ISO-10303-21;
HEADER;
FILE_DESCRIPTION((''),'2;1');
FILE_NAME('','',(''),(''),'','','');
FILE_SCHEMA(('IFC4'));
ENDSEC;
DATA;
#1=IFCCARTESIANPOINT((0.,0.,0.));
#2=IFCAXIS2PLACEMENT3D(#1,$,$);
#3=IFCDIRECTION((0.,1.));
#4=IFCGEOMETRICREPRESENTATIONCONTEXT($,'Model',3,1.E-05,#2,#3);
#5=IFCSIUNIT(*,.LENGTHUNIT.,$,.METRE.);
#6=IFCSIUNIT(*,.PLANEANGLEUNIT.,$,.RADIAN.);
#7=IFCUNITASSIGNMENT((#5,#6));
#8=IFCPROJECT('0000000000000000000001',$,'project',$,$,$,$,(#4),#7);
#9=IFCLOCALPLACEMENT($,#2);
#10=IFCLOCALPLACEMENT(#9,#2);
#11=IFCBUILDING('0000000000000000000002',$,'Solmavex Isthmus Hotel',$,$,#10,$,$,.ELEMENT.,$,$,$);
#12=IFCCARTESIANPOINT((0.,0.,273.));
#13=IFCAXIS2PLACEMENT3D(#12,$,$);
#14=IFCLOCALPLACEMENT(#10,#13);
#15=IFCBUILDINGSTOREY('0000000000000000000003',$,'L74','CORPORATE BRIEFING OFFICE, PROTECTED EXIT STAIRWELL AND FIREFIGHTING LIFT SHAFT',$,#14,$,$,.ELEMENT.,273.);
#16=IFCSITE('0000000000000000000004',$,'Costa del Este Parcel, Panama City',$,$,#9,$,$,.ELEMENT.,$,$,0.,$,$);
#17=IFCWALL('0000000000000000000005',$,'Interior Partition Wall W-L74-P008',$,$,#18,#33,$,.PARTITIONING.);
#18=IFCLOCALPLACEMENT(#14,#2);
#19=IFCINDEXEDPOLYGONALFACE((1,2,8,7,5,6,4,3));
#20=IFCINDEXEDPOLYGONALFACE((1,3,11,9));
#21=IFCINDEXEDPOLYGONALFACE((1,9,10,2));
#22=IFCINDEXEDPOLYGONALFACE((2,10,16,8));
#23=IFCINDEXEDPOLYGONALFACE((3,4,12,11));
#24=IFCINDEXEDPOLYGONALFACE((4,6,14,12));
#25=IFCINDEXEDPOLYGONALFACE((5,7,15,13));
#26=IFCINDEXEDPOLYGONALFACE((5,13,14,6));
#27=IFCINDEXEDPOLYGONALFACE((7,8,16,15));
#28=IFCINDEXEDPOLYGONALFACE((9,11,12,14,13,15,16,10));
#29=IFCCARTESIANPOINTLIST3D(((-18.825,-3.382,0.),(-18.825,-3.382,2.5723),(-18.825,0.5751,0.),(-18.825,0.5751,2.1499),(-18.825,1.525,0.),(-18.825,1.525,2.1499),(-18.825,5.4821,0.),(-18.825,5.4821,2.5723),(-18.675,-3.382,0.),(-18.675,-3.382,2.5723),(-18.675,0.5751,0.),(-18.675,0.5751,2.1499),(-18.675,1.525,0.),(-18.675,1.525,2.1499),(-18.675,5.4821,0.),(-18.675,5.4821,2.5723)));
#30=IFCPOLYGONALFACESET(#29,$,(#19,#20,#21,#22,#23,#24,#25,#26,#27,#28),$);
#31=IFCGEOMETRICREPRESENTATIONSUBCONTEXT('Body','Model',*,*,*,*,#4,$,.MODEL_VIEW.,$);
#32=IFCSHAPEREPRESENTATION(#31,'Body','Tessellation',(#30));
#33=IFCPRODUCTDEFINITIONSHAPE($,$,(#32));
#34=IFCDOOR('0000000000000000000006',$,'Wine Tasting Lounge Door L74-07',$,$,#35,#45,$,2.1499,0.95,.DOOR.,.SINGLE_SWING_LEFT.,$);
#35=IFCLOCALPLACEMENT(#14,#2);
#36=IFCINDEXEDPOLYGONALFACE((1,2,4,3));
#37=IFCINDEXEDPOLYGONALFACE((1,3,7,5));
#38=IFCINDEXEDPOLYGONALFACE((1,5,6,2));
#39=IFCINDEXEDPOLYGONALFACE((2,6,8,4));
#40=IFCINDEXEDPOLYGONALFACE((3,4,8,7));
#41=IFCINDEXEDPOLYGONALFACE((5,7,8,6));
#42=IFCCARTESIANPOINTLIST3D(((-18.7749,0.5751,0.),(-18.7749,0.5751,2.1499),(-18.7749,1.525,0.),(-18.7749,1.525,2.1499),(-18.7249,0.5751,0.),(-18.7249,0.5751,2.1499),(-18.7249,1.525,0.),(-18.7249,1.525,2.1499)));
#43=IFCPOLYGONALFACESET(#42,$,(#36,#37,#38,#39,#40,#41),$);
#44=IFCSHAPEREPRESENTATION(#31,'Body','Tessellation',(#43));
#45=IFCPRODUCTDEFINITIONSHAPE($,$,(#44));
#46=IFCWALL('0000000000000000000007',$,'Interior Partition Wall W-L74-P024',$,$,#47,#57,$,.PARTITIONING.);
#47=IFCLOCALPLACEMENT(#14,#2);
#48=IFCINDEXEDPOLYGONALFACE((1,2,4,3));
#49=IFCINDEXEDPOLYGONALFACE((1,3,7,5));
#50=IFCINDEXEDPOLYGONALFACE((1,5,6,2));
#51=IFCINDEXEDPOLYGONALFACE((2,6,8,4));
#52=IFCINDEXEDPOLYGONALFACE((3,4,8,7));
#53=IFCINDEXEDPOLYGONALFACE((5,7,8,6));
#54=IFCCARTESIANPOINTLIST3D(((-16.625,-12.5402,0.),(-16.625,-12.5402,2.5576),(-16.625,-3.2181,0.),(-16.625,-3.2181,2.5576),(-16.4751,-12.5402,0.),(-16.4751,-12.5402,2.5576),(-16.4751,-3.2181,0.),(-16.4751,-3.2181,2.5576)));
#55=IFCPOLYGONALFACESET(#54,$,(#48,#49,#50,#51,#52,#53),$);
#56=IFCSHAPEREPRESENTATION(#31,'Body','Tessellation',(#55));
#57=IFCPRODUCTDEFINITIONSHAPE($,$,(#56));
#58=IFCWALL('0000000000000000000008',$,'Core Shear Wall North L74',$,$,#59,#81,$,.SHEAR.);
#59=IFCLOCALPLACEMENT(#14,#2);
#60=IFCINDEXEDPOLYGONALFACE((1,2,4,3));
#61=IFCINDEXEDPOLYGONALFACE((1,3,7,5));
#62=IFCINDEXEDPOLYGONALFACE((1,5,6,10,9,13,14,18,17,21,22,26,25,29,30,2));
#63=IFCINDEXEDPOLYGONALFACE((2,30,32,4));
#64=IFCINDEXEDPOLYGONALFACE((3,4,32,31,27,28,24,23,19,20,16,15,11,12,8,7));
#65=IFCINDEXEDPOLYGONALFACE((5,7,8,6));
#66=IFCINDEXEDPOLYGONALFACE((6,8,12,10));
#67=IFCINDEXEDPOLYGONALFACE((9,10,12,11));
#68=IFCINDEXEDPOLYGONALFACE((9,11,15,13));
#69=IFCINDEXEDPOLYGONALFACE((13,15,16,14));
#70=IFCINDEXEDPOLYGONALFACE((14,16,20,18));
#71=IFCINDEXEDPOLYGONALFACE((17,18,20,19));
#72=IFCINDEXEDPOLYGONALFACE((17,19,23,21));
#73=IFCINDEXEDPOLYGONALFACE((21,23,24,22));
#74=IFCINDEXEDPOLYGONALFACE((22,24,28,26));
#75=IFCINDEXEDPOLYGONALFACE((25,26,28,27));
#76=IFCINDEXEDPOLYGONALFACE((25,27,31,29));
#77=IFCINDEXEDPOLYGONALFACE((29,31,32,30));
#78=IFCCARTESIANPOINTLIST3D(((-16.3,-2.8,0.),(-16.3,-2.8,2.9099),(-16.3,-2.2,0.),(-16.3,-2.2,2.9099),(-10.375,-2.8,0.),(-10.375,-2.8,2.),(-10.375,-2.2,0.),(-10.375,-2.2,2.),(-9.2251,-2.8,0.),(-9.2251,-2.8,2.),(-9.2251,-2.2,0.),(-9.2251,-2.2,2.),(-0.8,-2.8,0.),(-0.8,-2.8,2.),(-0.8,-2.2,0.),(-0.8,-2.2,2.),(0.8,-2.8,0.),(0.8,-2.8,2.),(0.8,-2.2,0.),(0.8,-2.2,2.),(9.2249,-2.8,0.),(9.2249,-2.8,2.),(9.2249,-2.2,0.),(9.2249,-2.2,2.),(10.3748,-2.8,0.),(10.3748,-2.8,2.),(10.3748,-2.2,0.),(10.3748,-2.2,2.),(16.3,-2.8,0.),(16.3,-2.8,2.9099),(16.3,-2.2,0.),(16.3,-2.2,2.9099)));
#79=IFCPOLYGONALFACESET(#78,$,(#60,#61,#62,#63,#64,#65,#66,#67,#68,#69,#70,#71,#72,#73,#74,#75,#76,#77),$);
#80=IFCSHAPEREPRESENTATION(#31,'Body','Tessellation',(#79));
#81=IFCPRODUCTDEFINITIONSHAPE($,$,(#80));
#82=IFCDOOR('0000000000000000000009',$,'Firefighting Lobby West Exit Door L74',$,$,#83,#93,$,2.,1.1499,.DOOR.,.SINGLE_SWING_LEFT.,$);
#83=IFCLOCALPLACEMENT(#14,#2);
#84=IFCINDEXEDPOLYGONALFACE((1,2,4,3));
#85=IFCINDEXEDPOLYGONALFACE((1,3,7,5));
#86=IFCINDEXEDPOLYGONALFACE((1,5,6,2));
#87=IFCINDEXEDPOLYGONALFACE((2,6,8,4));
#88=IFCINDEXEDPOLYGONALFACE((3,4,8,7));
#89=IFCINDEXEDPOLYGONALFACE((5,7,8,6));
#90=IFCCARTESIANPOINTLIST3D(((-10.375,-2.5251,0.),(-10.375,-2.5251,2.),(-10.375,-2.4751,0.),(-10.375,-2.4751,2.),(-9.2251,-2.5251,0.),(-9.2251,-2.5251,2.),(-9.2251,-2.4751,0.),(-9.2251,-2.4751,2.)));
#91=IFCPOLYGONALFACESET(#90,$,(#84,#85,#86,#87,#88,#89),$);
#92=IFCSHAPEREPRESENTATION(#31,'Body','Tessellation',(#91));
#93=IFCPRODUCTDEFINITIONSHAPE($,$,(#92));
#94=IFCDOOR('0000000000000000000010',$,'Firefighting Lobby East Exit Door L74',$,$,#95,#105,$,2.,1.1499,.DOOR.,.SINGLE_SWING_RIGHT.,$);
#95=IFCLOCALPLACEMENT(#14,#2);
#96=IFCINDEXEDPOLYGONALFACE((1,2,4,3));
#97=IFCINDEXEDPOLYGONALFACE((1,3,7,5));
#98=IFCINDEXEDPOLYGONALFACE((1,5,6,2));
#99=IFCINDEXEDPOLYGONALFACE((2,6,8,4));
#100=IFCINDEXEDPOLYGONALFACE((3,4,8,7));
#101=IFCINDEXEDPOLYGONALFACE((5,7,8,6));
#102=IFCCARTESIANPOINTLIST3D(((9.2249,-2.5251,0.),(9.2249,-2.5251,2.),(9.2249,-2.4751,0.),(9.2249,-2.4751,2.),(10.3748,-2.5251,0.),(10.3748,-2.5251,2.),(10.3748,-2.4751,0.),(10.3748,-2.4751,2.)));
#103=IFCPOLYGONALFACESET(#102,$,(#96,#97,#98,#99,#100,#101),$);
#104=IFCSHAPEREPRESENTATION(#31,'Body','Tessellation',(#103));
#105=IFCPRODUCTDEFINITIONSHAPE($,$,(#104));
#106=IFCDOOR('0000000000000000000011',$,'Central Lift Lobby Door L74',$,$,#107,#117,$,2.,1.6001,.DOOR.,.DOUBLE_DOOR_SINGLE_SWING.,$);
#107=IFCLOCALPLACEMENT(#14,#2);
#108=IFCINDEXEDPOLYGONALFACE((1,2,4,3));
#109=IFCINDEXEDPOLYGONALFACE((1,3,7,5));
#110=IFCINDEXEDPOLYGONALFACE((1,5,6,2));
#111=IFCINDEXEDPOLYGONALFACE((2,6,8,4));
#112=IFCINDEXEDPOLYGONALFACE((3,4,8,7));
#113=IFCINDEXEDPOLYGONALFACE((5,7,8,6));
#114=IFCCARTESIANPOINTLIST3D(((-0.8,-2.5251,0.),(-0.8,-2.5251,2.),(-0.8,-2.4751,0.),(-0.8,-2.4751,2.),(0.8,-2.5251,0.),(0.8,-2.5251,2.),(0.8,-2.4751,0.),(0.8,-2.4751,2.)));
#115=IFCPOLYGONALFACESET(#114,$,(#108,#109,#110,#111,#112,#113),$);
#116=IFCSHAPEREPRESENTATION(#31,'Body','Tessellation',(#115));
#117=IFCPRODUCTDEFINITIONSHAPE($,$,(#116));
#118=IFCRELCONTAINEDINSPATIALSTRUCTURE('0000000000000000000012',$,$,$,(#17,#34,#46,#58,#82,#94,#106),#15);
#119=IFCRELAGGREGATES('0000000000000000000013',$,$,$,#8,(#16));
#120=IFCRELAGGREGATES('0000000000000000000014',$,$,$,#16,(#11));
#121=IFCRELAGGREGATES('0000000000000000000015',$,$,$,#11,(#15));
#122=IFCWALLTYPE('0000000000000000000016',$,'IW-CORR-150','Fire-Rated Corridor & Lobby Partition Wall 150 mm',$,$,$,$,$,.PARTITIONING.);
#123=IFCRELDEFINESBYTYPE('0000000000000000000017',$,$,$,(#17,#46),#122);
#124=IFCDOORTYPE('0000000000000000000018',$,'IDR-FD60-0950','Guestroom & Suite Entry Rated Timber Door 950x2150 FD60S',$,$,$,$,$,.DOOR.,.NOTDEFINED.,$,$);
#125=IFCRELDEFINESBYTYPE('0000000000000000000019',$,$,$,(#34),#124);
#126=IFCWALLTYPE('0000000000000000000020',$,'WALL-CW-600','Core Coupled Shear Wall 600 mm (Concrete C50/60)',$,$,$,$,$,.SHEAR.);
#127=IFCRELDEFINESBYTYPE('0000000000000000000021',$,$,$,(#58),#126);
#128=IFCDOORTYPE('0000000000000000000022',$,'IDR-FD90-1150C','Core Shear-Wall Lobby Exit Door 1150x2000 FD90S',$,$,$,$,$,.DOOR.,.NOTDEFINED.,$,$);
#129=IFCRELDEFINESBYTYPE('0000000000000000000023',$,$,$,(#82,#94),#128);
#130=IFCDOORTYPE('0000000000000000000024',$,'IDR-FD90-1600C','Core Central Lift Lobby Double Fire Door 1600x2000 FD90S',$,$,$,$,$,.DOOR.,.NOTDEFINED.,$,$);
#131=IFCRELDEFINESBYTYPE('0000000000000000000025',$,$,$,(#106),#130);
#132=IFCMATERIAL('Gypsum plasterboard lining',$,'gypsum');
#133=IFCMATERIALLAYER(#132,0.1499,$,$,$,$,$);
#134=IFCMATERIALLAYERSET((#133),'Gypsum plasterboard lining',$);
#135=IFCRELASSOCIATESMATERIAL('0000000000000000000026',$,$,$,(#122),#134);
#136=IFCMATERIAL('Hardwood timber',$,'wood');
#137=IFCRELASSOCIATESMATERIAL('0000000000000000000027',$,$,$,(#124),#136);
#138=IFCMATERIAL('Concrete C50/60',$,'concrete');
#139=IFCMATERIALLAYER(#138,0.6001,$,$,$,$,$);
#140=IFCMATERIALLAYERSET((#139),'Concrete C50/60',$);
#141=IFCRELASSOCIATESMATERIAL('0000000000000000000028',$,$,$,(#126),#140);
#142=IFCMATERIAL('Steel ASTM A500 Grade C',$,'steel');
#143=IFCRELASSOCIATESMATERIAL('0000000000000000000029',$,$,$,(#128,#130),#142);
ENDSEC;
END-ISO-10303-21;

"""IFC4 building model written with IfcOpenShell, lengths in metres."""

from ifc_helpers import new_model, si_unit, direction, frame, frame_2d, origin, place, context, subcontext, project, spatial, rectangle, extrude, material, layer, layer_set, type_object, element, fill, save


model = new_model("IFC4")

# Units and contexts
model_context = context("Model", 3, precision=1e-05, world=origin(), true_north=direction((0.0, 1.0)))
body_context = subcontext(model_context, "Body", "Model", "MODEL_VIEW")
ifc_project = project(units=[si_unit("LENGTHUNIT", "METRE"), si_unit("PLANEANGLEUNIT", "RADIAN")], contexts=[model_context])

# Site, building, storey
site_placement = place(None, origin())
site = spatial("IfcSite", under=ifc_project, at=site_placement, Name="Costa del Este Parcel, Panama City", CompositionType="ELEMENT", RefElevation=0.0)
building_placement = place(site_placement, origin())
building = spatial("IfcBuilding", under=site, at=building_placement, Name="Solmavex Isthmus Hotel", CompositionType="ELEMENT")
storey_placement = place(building_placement, frame((0.0, 0.0, 273.0)))
storey = spatial("IfcBuildingStorey", under=building, at=storey_placement, Name="L74", Description="CORPORATE BRIEFING OFFICE, PROTECTED EXIT STAIRWELL AND FIREFIGHTING LIFT SHAFT", CompositionType="ELEMENT", Elevation=273.0)

# Shared definitions
ifc_material_1 = material(Name="Concrete C50/60", Category="concrete")

# Shared definitions
ifc_material_2 = material(Name="Gypsum plasterboard lining", Category="gypsum")

# Wall, opening, door
ifc_layer_1 = layer(ifc_material_2, 0.1499)
ifc_layer_set_1 = layer_set([ifc_layer_1], Name="Gypsum plasterboard lining")
wall_type_1 = type_object("IfcWallType", Name="IW-CORR-150", Description="Fire-Rated Corridor & Lobby Partition Wall 150 mm", PredefinedType="PARTITIONING", material=ifc_layer_set_1)
ifc_material_3 = material(Name="Steel ASTM A500 Grade C", Category="steel")
wall_1_placement = place(storey_placement, frame((-18.75, -3.3821, 0.0), z_axis=(0.0, 0.0, 1.0), x_axis=(0.0, 1.0, 0.0)))
wall_1 = element("IfcWall", 1, at=wall_1_placement, inside=storey, type_object=wall_type_1, Name="Interior Partition Wall W-L74-P008", PredefinedType="PARTITIONING", context=body_context, shape_type="SweptSolid", body=[
    extrude(rectangle(XDim=8.864, YDim=0.1499, at=frame_2d((4.4321, 0.0))), origin(), (0.0, 0.0, 1.0), 2.5723),
])
opening_1_placement = place(wall_1_placement, frame((3.957, 0.0, 0.0)))
opening_1 = element("IfcOpeningElement", 2, at=opening_1_placement, cuts=wall_1, PredefinedType="OPENING", context=body_context, shape_type="SweptSolid", body=[
    extrude(rectangle(XDim=0.95, YDim=2.1499, at=frame_2d((0.4751, 1.075))), frame((0.0, 0.085, 0.0), z_axis=(0.0, -1.0, 0.0), x_axis=(1.0, 0.0, 0.0)), (0.0, 0.0, 1.0), 0.1699),
])
ifc_material_4 = material(Name="Hardwood timber", Category="wood")
door_type_1 = type_object("IfcDoorType", Name="IDR-FD60-0950", Description="Guestroom & Suite Entry Rated Timber Door 950x2150 FD60S", OperationType="NOTDEFINED", PredefinedType="DOOR", material=ifc_material_4)
door_1_placement = place(opening_1_placement, origin())
door_1 = element("IfcDoor", 3, at=door_1_placement, inside=storey, type_object=door_type_1, Name="Wine Tasting Lounge Door L74-07", OperationType="SINGLE_SWING_LEFT", OverallHeight=2.1499, OverallWidth=0.95, PredefinedType="DOOR", context=body_context, shape_type="SweptSolid", body=[
    extrude(rectangle(XDim=0.95, YDim=2.1499, at=frame_2d((0.4751, 1.075))), frame((0.0, 0.0249, 0.0), z_axis=(0.0, -1.0, 0.0), x_axis=(1.0, 0.0, 0.0)), (0.0, 0.0, 1.0), 0.05),
])
fill(opening_1, door_1)

# Wall
wall_2_placement = place(storey_placement, frame((-16.55, -3.218, 0.0), z_axis=(0.0, 0.0, 1.0), x_axis=(0.0, -1.0, 0.0)))
element("IfcWall", 4, at=wall_2_placement, inside=storey, type_object=wall_type_1, Name="Interior Partition Wall W-L74-P024", PredefinedType="PARTITIONING", context=body_context, shape_type="SweptSolid", body=[
    extrude(rectangle(XDim=9.322, YDim=0.1499, at=frame_2d((4.6611, 0.0))), origin(), (0.0, 0.0, 1.0), 2.5576),
])

# Wall, openings, doors
ifc_layer_2 = layer(ifc_material_1, 0.6001)
ifc_layer_set_2 = layer_set([ifc_layer_2], Name="Concrete C50/60")
wall_type_2 = type_object("IfcWallType", Name="WALL-CW-600", Description="Core Coupled Shear Wall 600 mm (Concrete C50/60)", PredefinedType="SHEAR", material=ifc_layer_set_2)
wall_3_placement = place(storey_placement, frame((-16.3, -2.5, 0.0), z_axis=(0.0, 0.0, 1.0), x_axis=(1.0, 0.0, 0.0)))
wall_3 = element("IfcWall", 5, at=wall_3_placement, inside=storey, type_object=wall_type_2, Name="Core Shear Wall North L74", PredefinedType="SHEAR", context=body_context, shape_type="SweptSolid", body=[
    extrude(rectangle(XDim=32.6001, YDim=0.6001, at=frame_2d((16.3, 0.0))), origin(), (0.0, 0.0, 1.0), 2.9099),
])
opening_2_placement = place(wall_3_placement, frame((5.925, 0.0, 0.0)))
opening_2 = element("IfcOpeningElement", 6, at=opening_2_placement, cuts=wall_3, PredefinedType="OPENING", context=body_context, shape_type="SweptSolid", body=[
    extrude(rectangle(XDim=1.1499, YDim=2.0, at=frame_2d((0.575, 1.0))), frame((0.0, 0.3101, 0.0), z_axis=(0.0, -1.0, 0.0), x_axis=(1.0, 0.0, 0.0)), (0.0, 0.0, 1.0), 0.6201),
])
opening_3_placement = place(wall_3_placement, frame((15.5, 0.0, 0.0)))
opening_3 = element("IfcOpeningElement", 7, at=opening_3_placement, cuts=wall_3, PredefinedType="OPENING", context=body_context, shape_type="SweptSolid", body=[
    extrude(rectangle(XDim=1.6001, YDim=2.0, at=frame_2d((0.8, 1.0))), frame((0.0, 0.3101, 0.0), z_axis=(0.0, -1.0, 0.0), x_axis=(1.0, 0.0, 0.0)), (0.0, 0.0, 1.0), 0.6201),
])
opening_4_placement = place(wall_3_placement, frame((25.5249, 0.0, 0.0)))
opening_4 = element("IfcOpeningElement", 8, at=opening_4_placement, cuts=wall_3, PredefinedType="OPENING", context=body_context, shape_type="SweptSolid", body=[
    extrude(rectangle(XDim=1.1499, YDim=2.0, at=frame_2d((0.575, 1.0))), frame((0.0, 0.3101, 0.0), z_axis=(0.0, -1.0, 0.0), x_axis=(1.0, 0.0, 0.0)), (0.0, 0.0, 1.0), 0.6201),
])
door_type_2 = type_object("IfcDoorType", Name="IDR-FD90-1150C", Description="Core Shear-Wall Lobby Exit Door 1150x2000 FD90S", OperationType="NOTDEFINED", PredefinedType="DOOR", material=ifc_material_3)
door_2_placement = place(opening_2_placement, origin())
door_2 = element("IfcDoor", 9, at=door_2_placement, inside=storey, type_object=door_type_2, Name="Firefighting Lobby West Exit Door L74", OperationType="SINGLE_SWING_LEFT", OverallHeight=2.0, OverallWidth=1.1499, PredefinedType="DOOR", context=body_context, shape_type="SweptSolid", body=[
    extrude(rectangle(XDim=1.1499, YDim=2.0, at=frame_2d((0.575, 1.0))), frame((0.0, 0.0249, 0.0), z_axis=(0.0, -1.0, 0.0), x_axis=(1.0, 0.0, 0.0)), (0.0, 0.0, 1.0), 0.05),
])
fill(opening_2, door_2)
door_3_placement = place(opening_4_placement, origin())
door_3 = element("IfcDoor", 10, at=door_3_placement, inside=storey, type_object=door_type_2, Name="Firefighting Lobby East Exit Door L74", OperationType="SINGLE_SWING_RIGHT", OverallHeight=2.0, OverallWidth=1.1499, PredefinedType="DOOR", context=body_context, shape_type="SweptSolid", body=[
    extrude(rectangle(XDim=1.1499, YDim=2.0, at=frame_2d((0.575, 1.0))), frame((0.0, 0.0249, 0.0), z_axis=(0.0, -1.0, 0.0), x_axis=(1.0, 0.0, 0.0)), (0.0, 0.0, 1.0), 0.05),
])
fill(opening_4, door_3)
door_type_3 = type_object("IfcDoorType", Name="IDR-FD90-1600C", Description="Core Central Lift Lobby Double Fire Door 1600x2000 FD90S", OperationType="NOTDEFINED", PredefinedType="DOOR", material=ifc_material_3)
door_4_placement = place(opening_3_placement, origin())
door_4 = element("IfcDoor", 11, at=door_4_placement, inside=storey, type_object=door_type_3, Name="Central Lift Lobby Door L74", OperationType="DOUBLE_DOOR_SINGLE_SWING", OverallHeight=2.0, OverallWidth=1.6001, PredefinedType="DOOR", context=body_context, shape_type="SweptSolid", body=[
    extrude(rectangle(XDim=1.6001, YDim=2.0, at=frame_2d((0.8, 1.0))), frame((0.0, 0.0249, 0.0), z_axis=(0.0, -1.0, 0.0), x_axis=(1.0, 0.0, 0.0)), (0.0, 0.0, 1.0), 0.05),
])
fill(opening_3, door_4)

save(model, "model.ifc")
